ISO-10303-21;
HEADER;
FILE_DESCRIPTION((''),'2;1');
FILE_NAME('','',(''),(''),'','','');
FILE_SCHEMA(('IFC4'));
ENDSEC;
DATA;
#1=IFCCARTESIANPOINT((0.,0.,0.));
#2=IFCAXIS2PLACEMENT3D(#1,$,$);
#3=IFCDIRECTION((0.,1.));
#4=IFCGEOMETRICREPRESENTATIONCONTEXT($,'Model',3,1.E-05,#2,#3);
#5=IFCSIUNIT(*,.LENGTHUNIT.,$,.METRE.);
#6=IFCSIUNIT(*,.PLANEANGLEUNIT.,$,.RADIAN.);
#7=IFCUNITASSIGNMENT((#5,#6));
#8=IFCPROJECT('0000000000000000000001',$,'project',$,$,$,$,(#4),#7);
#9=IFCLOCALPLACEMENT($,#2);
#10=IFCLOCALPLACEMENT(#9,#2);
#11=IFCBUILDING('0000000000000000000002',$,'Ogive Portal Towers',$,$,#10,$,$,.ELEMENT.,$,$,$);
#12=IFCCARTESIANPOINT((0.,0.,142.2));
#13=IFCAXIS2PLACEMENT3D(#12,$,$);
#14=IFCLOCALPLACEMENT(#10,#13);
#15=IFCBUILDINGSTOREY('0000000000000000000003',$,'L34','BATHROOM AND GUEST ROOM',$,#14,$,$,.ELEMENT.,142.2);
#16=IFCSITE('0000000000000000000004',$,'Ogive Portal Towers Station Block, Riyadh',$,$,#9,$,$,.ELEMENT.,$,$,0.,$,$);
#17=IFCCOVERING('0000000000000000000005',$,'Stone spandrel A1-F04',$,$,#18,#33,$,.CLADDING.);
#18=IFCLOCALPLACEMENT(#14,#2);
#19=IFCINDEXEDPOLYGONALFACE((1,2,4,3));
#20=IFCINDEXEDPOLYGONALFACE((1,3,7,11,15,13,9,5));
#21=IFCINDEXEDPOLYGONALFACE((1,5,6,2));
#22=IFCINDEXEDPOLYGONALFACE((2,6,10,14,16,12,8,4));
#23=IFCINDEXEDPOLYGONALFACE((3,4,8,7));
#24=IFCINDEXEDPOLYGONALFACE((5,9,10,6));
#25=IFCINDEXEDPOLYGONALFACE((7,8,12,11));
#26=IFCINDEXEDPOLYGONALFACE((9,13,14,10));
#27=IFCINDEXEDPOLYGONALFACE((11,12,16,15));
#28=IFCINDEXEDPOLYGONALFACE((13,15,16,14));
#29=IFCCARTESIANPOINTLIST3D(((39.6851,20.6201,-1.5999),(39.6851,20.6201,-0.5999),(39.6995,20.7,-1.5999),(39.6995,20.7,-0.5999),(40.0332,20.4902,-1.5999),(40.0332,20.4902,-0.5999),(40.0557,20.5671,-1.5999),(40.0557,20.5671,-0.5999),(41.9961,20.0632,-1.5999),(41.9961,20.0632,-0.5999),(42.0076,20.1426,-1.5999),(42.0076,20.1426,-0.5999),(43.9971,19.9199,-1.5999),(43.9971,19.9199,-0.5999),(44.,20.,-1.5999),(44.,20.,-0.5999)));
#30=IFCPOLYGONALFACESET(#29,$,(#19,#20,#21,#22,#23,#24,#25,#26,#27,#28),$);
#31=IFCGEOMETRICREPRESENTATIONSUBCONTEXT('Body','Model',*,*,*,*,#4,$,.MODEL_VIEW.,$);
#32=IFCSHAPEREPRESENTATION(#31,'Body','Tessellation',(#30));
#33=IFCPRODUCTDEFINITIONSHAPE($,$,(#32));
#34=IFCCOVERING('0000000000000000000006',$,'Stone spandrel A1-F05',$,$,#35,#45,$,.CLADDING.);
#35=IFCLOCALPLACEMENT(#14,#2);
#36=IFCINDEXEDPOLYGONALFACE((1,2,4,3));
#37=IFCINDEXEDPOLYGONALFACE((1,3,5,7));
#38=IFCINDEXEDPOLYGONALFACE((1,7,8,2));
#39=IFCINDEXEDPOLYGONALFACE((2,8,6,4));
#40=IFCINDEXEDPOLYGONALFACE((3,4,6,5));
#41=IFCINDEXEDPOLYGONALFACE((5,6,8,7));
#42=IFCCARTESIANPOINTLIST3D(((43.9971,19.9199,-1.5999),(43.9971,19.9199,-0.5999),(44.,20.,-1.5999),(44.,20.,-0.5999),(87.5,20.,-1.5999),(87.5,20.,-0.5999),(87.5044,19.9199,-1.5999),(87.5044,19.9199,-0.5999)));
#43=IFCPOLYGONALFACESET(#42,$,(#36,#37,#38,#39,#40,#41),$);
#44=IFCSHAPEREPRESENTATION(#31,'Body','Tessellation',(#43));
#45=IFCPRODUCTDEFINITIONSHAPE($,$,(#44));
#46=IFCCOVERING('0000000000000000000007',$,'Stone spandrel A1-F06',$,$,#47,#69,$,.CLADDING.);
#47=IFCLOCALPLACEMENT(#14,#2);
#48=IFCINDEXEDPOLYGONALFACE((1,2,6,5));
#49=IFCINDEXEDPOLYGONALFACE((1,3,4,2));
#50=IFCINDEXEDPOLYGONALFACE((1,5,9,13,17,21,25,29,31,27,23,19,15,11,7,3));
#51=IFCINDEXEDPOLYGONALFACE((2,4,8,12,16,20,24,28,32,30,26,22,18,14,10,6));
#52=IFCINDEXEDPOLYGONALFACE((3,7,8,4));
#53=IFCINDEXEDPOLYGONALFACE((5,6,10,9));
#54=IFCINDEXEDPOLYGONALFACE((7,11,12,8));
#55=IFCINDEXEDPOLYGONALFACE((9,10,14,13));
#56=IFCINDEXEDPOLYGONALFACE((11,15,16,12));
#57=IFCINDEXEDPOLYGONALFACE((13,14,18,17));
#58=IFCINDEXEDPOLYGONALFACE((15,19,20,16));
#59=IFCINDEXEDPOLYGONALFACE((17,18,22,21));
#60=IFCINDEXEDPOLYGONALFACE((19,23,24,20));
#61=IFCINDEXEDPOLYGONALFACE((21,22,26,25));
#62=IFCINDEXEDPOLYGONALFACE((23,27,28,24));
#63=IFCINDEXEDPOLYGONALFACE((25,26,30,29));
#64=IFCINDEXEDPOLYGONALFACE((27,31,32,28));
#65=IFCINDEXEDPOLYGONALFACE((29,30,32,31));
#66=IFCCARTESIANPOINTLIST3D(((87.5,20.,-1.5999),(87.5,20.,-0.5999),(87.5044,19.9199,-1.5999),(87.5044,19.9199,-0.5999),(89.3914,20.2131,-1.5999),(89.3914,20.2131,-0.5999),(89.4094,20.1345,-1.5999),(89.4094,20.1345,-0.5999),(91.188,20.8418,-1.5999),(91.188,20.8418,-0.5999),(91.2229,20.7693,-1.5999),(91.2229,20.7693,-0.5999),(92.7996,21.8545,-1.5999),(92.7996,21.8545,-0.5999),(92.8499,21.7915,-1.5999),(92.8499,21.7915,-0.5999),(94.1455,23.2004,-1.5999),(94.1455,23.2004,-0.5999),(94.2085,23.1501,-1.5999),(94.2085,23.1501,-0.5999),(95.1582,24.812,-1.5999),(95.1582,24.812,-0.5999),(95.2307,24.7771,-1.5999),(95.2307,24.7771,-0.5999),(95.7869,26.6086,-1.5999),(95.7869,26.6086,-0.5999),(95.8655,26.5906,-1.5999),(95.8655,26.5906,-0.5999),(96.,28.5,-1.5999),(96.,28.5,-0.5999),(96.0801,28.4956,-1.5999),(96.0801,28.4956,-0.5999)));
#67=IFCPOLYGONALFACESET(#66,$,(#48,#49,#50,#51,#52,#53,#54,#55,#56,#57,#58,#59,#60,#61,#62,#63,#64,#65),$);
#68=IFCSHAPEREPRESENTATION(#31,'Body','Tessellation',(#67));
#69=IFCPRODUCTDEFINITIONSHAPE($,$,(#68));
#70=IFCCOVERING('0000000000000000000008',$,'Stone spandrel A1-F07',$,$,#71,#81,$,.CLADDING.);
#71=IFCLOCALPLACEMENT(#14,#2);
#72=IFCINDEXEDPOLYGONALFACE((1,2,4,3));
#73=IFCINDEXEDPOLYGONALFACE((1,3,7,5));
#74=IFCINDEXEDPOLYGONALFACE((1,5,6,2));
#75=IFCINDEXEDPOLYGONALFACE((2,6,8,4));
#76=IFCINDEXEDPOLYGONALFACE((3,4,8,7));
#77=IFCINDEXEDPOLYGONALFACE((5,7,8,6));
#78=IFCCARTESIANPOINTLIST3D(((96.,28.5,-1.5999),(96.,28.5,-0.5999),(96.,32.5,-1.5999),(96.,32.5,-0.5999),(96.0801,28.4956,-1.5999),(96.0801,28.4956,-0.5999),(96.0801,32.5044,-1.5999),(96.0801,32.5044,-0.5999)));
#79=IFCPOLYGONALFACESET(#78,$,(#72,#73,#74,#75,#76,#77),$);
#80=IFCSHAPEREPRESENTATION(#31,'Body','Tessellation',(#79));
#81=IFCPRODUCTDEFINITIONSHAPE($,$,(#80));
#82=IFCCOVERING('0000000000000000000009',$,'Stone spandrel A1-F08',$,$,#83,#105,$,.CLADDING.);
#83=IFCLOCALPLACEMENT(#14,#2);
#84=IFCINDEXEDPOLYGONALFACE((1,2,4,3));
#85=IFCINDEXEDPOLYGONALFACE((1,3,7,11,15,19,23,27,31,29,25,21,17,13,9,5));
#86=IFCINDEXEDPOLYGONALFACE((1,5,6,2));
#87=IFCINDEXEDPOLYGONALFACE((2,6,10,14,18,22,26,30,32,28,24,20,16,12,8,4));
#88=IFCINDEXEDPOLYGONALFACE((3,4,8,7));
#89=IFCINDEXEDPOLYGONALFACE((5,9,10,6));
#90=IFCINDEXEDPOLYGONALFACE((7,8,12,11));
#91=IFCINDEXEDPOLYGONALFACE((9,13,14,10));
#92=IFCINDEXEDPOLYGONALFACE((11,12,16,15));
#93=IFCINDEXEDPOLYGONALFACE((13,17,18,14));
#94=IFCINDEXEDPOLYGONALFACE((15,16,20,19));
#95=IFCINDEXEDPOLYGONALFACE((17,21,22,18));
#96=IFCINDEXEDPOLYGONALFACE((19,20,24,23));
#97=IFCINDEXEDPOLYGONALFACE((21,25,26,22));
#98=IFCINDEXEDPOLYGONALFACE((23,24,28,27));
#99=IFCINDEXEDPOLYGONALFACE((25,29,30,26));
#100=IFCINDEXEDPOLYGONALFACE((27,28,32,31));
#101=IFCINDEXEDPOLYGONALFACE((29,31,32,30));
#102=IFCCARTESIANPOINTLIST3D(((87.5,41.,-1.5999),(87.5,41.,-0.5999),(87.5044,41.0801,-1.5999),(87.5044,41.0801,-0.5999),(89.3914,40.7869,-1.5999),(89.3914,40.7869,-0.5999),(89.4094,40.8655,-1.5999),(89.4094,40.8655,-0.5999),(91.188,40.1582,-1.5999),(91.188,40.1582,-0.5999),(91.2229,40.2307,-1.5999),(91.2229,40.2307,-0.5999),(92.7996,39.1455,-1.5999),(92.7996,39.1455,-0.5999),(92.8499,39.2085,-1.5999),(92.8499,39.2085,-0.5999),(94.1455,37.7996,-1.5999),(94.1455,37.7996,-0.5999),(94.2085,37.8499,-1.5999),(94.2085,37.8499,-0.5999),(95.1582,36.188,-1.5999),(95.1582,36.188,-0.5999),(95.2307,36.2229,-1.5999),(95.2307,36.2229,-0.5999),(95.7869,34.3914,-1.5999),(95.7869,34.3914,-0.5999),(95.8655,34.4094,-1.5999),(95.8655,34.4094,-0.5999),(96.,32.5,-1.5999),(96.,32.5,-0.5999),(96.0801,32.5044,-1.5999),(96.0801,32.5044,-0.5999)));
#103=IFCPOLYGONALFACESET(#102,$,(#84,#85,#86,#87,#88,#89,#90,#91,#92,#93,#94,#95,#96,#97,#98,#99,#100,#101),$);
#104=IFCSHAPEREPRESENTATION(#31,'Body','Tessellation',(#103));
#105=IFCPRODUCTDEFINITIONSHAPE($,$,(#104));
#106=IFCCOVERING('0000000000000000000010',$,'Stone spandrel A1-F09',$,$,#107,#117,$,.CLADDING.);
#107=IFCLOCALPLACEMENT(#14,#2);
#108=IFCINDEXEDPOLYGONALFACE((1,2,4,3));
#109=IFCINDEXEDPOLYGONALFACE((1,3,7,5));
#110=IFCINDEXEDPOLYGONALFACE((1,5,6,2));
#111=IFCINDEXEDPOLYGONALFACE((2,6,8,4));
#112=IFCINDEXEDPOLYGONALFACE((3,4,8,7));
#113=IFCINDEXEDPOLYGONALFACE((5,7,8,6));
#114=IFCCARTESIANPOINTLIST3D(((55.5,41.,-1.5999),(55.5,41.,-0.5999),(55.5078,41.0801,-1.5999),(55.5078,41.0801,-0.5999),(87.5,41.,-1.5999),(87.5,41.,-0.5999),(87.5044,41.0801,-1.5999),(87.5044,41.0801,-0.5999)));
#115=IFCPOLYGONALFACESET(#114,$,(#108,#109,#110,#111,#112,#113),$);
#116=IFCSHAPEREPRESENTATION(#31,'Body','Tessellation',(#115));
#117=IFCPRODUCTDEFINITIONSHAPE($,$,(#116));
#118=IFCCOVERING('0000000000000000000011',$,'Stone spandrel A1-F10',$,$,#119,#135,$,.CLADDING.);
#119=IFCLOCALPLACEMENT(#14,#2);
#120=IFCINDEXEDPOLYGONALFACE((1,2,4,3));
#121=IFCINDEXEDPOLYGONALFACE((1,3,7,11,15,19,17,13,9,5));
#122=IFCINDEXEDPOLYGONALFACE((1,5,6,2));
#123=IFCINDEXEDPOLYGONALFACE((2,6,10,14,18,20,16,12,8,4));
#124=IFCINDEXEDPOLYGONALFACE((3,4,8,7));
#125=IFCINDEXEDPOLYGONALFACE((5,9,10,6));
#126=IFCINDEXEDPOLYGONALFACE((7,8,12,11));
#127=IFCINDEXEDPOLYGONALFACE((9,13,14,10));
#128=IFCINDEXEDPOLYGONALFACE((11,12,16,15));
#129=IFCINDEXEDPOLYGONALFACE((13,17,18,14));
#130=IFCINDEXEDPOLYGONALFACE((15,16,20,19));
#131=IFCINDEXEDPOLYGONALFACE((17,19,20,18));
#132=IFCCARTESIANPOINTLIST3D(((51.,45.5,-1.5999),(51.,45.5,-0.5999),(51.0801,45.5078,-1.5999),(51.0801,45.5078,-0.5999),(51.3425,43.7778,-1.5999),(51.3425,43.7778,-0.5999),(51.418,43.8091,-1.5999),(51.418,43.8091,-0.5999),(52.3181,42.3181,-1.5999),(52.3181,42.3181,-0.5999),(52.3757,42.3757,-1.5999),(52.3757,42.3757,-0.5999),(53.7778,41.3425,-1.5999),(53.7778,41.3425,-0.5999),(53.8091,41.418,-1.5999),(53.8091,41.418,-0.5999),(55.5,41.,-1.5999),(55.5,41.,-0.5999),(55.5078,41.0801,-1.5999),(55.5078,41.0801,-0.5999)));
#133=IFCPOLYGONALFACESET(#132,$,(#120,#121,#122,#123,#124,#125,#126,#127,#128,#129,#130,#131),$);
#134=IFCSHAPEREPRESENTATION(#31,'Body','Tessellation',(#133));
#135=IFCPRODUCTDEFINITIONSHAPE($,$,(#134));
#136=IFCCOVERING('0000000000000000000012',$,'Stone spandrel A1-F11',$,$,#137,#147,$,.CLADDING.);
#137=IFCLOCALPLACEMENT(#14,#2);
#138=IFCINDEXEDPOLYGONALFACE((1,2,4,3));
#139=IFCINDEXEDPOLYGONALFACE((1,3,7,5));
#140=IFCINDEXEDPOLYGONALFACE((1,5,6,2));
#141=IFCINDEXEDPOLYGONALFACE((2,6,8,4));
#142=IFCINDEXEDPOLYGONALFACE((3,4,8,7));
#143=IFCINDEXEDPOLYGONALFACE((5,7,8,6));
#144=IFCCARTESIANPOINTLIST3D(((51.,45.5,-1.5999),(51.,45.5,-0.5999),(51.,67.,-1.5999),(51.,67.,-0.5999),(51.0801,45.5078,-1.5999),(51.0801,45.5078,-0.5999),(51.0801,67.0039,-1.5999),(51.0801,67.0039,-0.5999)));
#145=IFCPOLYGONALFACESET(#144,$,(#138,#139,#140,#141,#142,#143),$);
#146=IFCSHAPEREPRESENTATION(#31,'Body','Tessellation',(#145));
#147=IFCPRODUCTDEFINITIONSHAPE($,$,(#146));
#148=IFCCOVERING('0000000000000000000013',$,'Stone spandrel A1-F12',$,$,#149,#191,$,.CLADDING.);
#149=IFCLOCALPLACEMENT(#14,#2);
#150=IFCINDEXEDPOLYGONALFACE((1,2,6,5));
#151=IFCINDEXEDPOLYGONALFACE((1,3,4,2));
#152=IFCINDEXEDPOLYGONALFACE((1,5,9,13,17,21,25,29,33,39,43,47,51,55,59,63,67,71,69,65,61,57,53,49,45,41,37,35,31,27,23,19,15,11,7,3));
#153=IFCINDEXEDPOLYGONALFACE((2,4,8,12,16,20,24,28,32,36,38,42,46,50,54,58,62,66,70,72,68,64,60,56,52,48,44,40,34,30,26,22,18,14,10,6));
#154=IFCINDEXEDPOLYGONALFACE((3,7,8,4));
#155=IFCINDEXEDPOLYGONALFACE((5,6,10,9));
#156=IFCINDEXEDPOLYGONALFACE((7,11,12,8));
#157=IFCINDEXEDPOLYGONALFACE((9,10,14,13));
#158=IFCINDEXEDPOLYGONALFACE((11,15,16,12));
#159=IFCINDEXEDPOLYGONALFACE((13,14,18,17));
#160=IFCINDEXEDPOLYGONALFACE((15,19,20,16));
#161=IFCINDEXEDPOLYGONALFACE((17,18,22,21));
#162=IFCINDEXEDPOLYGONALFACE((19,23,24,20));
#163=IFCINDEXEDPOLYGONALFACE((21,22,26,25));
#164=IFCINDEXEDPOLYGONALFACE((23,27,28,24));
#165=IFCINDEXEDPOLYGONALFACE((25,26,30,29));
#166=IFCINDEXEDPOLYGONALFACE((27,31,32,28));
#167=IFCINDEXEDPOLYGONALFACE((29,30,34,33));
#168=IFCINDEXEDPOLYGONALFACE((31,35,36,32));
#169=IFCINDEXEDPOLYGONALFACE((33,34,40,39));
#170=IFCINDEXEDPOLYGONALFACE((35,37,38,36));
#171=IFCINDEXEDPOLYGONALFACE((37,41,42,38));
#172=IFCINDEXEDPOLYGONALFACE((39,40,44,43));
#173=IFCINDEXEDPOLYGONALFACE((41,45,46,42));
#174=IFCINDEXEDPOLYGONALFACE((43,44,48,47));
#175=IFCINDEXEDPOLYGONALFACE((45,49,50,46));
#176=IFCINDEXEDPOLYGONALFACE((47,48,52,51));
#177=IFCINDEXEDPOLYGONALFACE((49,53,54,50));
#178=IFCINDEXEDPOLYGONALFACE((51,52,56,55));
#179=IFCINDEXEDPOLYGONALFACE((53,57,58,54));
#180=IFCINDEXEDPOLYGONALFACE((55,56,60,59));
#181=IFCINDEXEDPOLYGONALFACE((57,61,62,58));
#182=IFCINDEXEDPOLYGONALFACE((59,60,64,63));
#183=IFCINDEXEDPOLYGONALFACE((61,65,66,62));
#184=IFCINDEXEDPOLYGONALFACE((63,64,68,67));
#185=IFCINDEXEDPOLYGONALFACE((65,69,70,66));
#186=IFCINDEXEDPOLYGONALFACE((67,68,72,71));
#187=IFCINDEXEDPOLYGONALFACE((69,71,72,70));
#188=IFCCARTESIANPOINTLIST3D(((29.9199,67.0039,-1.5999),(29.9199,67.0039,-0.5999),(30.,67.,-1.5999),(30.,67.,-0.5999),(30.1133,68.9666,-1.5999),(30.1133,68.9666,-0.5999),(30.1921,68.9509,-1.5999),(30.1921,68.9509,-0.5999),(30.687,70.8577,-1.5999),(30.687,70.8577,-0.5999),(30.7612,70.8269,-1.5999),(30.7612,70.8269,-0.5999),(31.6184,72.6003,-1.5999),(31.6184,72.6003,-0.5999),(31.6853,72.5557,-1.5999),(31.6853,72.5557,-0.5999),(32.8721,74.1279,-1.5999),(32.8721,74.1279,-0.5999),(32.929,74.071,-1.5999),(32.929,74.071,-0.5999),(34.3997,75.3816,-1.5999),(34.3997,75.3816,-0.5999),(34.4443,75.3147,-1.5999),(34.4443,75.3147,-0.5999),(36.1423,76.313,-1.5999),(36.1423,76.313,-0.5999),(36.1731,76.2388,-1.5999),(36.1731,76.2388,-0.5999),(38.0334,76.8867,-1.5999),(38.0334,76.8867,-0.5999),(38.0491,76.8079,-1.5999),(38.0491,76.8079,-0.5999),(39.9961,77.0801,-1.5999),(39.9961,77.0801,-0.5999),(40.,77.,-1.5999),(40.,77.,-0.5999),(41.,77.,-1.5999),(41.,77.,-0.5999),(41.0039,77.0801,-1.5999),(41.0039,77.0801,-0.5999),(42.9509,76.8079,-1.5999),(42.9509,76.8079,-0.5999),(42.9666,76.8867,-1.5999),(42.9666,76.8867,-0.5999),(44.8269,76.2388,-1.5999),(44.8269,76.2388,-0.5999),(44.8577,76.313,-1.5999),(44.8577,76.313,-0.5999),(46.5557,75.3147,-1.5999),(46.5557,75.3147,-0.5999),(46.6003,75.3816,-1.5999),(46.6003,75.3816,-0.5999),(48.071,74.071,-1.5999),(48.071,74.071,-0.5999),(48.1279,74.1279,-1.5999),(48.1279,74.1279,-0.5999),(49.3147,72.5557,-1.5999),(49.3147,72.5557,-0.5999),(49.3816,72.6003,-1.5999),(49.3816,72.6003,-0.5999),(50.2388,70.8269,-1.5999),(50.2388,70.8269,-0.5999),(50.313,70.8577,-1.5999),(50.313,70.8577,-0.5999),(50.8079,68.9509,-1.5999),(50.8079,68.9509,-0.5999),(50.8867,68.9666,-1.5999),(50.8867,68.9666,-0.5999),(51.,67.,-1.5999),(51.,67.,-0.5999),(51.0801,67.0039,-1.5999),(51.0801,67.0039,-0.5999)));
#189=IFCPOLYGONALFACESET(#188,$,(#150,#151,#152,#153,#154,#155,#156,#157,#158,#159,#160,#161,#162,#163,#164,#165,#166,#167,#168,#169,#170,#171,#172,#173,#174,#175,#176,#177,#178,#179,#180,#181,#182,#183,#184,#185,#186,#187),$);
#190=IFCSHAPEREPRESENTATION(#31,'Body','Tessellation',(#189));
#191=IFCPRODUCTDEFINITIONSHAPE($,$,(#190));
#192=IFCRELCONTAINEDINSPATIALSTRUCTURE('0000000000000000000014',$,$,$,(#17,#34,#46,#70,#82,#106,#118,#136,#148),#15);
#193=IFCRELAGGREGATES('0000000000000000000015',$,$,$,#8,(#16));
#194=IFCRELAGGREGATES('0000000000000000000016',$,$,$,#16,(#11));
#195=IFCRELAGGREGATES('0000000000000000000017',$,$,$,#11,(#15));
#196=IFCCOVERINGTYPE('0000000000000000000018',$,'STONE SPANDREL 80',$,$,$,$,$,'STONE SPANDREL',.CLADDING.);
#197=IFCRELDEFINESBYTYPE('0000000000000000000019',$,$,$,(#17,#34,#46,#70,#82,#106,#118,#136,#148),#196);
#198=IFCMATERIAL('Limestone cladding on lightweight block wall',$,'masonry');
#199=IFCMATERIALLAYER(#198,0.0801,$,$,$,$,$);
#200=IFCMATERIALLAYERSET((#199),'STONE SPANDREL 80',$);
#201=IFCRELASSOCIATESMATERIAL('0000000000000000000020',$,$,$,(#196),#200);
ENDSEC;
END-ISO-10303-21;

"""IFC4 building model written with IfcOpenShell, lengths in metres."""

from ifc_helpers import new_model, si_unit, direction, frame, origin, place, context, subcontext, project, spatial, polyline, outline, extrude, material, layer, layer_set, type_object, element, save


model = new_model("IFC4")

# Units and contexts
model_context = context("Model", 3, precision=1e-05, world=origin(), true_north=direction((0.0, 1.0)))
body_context = subcontext(model_context, "Body", "Model", "MODEL_VIEW")
ifc_project = project(units=[si_unit("LENGTHUNIT", "METRE"), si_unit("PLANEANGLEUNIT", "RADIAN")], contexts=[model_context])

# Site, building, storey
site_placement = place(None, origin())
site = spatial("IfcSite", under=ifc_project, at=site_placement, Name="Ogive Portal Towers Station Block, Riyadh", CompositionType="ELEMENT", RefElevation=0.0)
building_placement = place(site_placement, origin())
building = spatial("IfcBuilding", under=site, at=building_placement, Name="Ogive Portal Towers", CompositionType="ELEMENT")
storey_placement = place(building_placement, frame((0.0, 0.0, 142.2)))
storey = spatial("IfcBuildingStorey", under=building, at=storey_placement, Name="L34", Description="BATHROOM AND GUEST ROOM", CompositionType="ELEMENT", Elevation=142.2)

# Coverings
ifc_material_1 = material(Name="Limestone cladding on lightweight block wall", Category="masonry")
ifc_layer_1 = layer(ifc_material_1, 0.0801)
ifc_layer_set_1 = layer_set([ifc_layer_1], Name="STONE SPANDREL 80")
covering_type_1 = type_object("IfcCoveringType", Name="STONE SPANDREL 80", ElementType="STONE SPANDREL", PredefinedType="CLADDING", material=ifc_layer_set_1)
covering_1_placement = place(storey_placement, frame((0.0, 0.0, -1.5999)))
element("IfcCovering", 1, at=covering_1_placement, inside=storey, type_object=covering_type_1, Name="Stone spandrel A1-F04", PredefinedType="CLADDING", context=body_context, shape_type="SweptSolid", body=[
    extrude(outline(polyline([(39.6995, 20.7), (40.0557, 20.5671), (42.0076, 20.1426), (44.0, 20.0), (43.9971, 19.9199), (41.9961, 20.0632), (40.0332, 20.4902), (39.6851, 20.6201), (39.6995, 20.7)])), origin(), (0.0, 0.0, 1.0), 1.0),
])
covering_2_placement = place(storey_placement, frame((0.0, 0.0, -1.5999)))
element("IfcCovering", 2, at=covering_2_placement, inside=storey, type_object=covering_type_1, Name="Stone spandrel A1-F05", PredefinedType="CLADDING", context=body_context, shape_type="SweptSolid", body=[
    extrude(outline(polyline([(44.0, 20.0), (87.5, 20.0), (87.5044, 19.9199), (43.9971, 19.9199), (44.0, 20.0)])), origin(), (0.0, 0.0, 1.0), 1.0),
])
covering_3_placement = place(storey_placement, frame((0.0, 0.0, -1.5999)))
element("IfcCovering", 3, at=covering_3_placement, inside=storey, type_object=covering_type_1, Name="Stone spandrel A1-F06", PredefinedType="CLADDING", context=body_context, shape_type="SweptSolid", body=[
    extrude(outline(polyline([(87.5, 20.0), (89.3914, 20.2131), (91.188, 20.8418), (92.7996, 21.8545), (94.1455, 23.2004), (95.1582, 24.812), (95.7869, 26.6086), (96.0, 28.5), (96.0801, 28.4956), (95.8655, 26.5906), (95.2307, 24.7771), (94.2085, 23.1501), (92.8499, 21.7915), (91.2229, 20.7693), (89.4094, 20.1345), (87.5044, 19.9199), (87.5, 20.0)])), origin(), (0.0, 0.0, 1.0), 1.0),
])
covering_4_placement = place(storey_placement, frame((0.0, 0.0, -1.5999)))
element("IfcCovering", 4, at=covering_4_placement, inside=storey, type_object=covering_type_1, Name="Stone spandrel A1-F07", PredefinedType="CLADDING", context=body_context, shape_type="SweptSolid", body=[
    extrude(outline(polyline([(96.0, 28.5), (96.0, 32.5), (96.0801, 32.5044), (96.0801, 28.4956), (96.0, 28.5)])), origin(), (0.0, 0.0, 1.0), 1.0),
])
covering_5_placement = place(storey_placement, frame((0.0, 0.0, -1.5999)))
element("IfcCovering", 5, at=covering_5_placement, inside=storey, type_object=covering_type_1, Name="Stone spandrel A1-F08", PredefinedType="CLADDING", context=body_context, shape_type="SweptSolid", body=[
    extrude(outline(polyline([(96.0, 32.5), (95.7869, 34.3914), (95.1582, 36.188), (94.1455, 37.7996), (92.7996, 39.1455), (91.188, 40.1582), (89.3914, 40.7869), (87.5, 41.0), (87.5044, 41.0801), (89.4094, 40.8655), (91.2229, 40.2307), (92.8499, 39.2085), (94.2085, 37.8499), (95.2307, 36.2229), (95.8655, 34.4094), (96.0801, 32.5044), (96.0, 32.5)])), origin(), (0.0, 0.0, 1.0), 1.0),
])
covering_6_placement = place(storey_placement, frame((0.0, 0.0, -1.5999)))
element("IfcCovering", 6, at=covering_6_placement, inside=storey, type_object=covering_type_1, Name="Stone spandrel A1-F09", PredefinedType="CLADDING", context=body_context, shape_type="SweptSolid", body=[
    extrude(outline(polyline([(87.5, 41.0), (55.5, 41.0), (55.5078, 41.0801), (87.5044, 41.0801), (87.5, 41.0)])), origin(), (0.0, 0.0, 1.0), 1.0),
])
covering_7_placement = place(storey_placement, frame((0.0, 0.0, -1.5999)))
element("IfcCovering", 7, at=covering_7_placement, inside=storey, type_object=covering_type_1, Name="Stone spandrel A1-F10", PredefinedType="CLADDING", context=body_context, shape_type="SweptSolid", body=[
    extrude(outline(polyline([(55.5, 41.0), (53.7778, 41.3425), (52.3181, 42.3181), (51.3425, 43.7778), (51.0, 45.5), (51.0801, 45.5078), (51.418, 43.8091), (52.3757, 42.3757), (53.8091, 41.418), (55.5078, 41.0801), (55.5, 41.0)])), origin(), (0.0, 0.0, 1.0), 1.0),
])
covering_8_placement = place(storey_placement, frame((0.0, 0.0, -1.5999)))
element("IfcCovering", 8, at=covering_8_placement, inside=storey, type_object=covering_type_1, Name="Stone spandrel A1-F11", PredefinedType="CLADDING", context=body_context, shape_type="SweptSolid", body=[
    extrude(outline(polyline([(51.0, 45.5), (51.0, 67.0), (51.0801, 67.0039), (51.0801, 45.5078), (51.0, 45.5)])), origin(), (0.0, 0.0, 1.0), 1.0),
])
covering_9_placement = place(storey_placement, frame((0.0, 0.0, -1.5999)))
element("IfcCovering", 9, at=covering_9_placement, inside=storey, type_object=covering_type_1, Name="Stone spandrel A1-F12", PredefinedType="CLADDING", context=body_context, shape_type="SweptSolid", body=[
    extrude(outline(polyline([(51.0, 67.0), (50.8079, 68.9509), (50.2388, 70.8269), (49.3147, 72.5557), (48.071, 74.071), (46.5557, 75.3147), (44.8269, 76.2388), (42.9509, 76.8079), (41.0, 77.0), (40.0, 77.0), (38.0491, 76.8079), (36.1731, 76.2388), (34.4443, 75.3147), (32.929, 74.071), (31.6853, 72.5557), (30.7612, 70.8269), (30.1921, 68.9509), (30.0, 67.0), (29.9199, 67.0039), (30.1133, 68.9666), (30.687, 70.8577), (31.6184, 72.6003), (32.8721, 74.1279), (34.3997, 75.3816), (36.1423, 76.313), (38.0334, 76.8867), (39.9961, 77.0801), (41.0039, 77.0801), (42.9666, 76.8867), (44.8577, 76.313), (46.6003, 75.3816), (48.1279, 74.1279), (49.3816, 72.6003), (50.313, 70.8577), (50.8867, 68.9666), (51.0801, 67.0039), (51.0, 67.0)])), origin(), (0.0, 0.0, 1.0), 1.0),
])

save(model, "model.ifc")
